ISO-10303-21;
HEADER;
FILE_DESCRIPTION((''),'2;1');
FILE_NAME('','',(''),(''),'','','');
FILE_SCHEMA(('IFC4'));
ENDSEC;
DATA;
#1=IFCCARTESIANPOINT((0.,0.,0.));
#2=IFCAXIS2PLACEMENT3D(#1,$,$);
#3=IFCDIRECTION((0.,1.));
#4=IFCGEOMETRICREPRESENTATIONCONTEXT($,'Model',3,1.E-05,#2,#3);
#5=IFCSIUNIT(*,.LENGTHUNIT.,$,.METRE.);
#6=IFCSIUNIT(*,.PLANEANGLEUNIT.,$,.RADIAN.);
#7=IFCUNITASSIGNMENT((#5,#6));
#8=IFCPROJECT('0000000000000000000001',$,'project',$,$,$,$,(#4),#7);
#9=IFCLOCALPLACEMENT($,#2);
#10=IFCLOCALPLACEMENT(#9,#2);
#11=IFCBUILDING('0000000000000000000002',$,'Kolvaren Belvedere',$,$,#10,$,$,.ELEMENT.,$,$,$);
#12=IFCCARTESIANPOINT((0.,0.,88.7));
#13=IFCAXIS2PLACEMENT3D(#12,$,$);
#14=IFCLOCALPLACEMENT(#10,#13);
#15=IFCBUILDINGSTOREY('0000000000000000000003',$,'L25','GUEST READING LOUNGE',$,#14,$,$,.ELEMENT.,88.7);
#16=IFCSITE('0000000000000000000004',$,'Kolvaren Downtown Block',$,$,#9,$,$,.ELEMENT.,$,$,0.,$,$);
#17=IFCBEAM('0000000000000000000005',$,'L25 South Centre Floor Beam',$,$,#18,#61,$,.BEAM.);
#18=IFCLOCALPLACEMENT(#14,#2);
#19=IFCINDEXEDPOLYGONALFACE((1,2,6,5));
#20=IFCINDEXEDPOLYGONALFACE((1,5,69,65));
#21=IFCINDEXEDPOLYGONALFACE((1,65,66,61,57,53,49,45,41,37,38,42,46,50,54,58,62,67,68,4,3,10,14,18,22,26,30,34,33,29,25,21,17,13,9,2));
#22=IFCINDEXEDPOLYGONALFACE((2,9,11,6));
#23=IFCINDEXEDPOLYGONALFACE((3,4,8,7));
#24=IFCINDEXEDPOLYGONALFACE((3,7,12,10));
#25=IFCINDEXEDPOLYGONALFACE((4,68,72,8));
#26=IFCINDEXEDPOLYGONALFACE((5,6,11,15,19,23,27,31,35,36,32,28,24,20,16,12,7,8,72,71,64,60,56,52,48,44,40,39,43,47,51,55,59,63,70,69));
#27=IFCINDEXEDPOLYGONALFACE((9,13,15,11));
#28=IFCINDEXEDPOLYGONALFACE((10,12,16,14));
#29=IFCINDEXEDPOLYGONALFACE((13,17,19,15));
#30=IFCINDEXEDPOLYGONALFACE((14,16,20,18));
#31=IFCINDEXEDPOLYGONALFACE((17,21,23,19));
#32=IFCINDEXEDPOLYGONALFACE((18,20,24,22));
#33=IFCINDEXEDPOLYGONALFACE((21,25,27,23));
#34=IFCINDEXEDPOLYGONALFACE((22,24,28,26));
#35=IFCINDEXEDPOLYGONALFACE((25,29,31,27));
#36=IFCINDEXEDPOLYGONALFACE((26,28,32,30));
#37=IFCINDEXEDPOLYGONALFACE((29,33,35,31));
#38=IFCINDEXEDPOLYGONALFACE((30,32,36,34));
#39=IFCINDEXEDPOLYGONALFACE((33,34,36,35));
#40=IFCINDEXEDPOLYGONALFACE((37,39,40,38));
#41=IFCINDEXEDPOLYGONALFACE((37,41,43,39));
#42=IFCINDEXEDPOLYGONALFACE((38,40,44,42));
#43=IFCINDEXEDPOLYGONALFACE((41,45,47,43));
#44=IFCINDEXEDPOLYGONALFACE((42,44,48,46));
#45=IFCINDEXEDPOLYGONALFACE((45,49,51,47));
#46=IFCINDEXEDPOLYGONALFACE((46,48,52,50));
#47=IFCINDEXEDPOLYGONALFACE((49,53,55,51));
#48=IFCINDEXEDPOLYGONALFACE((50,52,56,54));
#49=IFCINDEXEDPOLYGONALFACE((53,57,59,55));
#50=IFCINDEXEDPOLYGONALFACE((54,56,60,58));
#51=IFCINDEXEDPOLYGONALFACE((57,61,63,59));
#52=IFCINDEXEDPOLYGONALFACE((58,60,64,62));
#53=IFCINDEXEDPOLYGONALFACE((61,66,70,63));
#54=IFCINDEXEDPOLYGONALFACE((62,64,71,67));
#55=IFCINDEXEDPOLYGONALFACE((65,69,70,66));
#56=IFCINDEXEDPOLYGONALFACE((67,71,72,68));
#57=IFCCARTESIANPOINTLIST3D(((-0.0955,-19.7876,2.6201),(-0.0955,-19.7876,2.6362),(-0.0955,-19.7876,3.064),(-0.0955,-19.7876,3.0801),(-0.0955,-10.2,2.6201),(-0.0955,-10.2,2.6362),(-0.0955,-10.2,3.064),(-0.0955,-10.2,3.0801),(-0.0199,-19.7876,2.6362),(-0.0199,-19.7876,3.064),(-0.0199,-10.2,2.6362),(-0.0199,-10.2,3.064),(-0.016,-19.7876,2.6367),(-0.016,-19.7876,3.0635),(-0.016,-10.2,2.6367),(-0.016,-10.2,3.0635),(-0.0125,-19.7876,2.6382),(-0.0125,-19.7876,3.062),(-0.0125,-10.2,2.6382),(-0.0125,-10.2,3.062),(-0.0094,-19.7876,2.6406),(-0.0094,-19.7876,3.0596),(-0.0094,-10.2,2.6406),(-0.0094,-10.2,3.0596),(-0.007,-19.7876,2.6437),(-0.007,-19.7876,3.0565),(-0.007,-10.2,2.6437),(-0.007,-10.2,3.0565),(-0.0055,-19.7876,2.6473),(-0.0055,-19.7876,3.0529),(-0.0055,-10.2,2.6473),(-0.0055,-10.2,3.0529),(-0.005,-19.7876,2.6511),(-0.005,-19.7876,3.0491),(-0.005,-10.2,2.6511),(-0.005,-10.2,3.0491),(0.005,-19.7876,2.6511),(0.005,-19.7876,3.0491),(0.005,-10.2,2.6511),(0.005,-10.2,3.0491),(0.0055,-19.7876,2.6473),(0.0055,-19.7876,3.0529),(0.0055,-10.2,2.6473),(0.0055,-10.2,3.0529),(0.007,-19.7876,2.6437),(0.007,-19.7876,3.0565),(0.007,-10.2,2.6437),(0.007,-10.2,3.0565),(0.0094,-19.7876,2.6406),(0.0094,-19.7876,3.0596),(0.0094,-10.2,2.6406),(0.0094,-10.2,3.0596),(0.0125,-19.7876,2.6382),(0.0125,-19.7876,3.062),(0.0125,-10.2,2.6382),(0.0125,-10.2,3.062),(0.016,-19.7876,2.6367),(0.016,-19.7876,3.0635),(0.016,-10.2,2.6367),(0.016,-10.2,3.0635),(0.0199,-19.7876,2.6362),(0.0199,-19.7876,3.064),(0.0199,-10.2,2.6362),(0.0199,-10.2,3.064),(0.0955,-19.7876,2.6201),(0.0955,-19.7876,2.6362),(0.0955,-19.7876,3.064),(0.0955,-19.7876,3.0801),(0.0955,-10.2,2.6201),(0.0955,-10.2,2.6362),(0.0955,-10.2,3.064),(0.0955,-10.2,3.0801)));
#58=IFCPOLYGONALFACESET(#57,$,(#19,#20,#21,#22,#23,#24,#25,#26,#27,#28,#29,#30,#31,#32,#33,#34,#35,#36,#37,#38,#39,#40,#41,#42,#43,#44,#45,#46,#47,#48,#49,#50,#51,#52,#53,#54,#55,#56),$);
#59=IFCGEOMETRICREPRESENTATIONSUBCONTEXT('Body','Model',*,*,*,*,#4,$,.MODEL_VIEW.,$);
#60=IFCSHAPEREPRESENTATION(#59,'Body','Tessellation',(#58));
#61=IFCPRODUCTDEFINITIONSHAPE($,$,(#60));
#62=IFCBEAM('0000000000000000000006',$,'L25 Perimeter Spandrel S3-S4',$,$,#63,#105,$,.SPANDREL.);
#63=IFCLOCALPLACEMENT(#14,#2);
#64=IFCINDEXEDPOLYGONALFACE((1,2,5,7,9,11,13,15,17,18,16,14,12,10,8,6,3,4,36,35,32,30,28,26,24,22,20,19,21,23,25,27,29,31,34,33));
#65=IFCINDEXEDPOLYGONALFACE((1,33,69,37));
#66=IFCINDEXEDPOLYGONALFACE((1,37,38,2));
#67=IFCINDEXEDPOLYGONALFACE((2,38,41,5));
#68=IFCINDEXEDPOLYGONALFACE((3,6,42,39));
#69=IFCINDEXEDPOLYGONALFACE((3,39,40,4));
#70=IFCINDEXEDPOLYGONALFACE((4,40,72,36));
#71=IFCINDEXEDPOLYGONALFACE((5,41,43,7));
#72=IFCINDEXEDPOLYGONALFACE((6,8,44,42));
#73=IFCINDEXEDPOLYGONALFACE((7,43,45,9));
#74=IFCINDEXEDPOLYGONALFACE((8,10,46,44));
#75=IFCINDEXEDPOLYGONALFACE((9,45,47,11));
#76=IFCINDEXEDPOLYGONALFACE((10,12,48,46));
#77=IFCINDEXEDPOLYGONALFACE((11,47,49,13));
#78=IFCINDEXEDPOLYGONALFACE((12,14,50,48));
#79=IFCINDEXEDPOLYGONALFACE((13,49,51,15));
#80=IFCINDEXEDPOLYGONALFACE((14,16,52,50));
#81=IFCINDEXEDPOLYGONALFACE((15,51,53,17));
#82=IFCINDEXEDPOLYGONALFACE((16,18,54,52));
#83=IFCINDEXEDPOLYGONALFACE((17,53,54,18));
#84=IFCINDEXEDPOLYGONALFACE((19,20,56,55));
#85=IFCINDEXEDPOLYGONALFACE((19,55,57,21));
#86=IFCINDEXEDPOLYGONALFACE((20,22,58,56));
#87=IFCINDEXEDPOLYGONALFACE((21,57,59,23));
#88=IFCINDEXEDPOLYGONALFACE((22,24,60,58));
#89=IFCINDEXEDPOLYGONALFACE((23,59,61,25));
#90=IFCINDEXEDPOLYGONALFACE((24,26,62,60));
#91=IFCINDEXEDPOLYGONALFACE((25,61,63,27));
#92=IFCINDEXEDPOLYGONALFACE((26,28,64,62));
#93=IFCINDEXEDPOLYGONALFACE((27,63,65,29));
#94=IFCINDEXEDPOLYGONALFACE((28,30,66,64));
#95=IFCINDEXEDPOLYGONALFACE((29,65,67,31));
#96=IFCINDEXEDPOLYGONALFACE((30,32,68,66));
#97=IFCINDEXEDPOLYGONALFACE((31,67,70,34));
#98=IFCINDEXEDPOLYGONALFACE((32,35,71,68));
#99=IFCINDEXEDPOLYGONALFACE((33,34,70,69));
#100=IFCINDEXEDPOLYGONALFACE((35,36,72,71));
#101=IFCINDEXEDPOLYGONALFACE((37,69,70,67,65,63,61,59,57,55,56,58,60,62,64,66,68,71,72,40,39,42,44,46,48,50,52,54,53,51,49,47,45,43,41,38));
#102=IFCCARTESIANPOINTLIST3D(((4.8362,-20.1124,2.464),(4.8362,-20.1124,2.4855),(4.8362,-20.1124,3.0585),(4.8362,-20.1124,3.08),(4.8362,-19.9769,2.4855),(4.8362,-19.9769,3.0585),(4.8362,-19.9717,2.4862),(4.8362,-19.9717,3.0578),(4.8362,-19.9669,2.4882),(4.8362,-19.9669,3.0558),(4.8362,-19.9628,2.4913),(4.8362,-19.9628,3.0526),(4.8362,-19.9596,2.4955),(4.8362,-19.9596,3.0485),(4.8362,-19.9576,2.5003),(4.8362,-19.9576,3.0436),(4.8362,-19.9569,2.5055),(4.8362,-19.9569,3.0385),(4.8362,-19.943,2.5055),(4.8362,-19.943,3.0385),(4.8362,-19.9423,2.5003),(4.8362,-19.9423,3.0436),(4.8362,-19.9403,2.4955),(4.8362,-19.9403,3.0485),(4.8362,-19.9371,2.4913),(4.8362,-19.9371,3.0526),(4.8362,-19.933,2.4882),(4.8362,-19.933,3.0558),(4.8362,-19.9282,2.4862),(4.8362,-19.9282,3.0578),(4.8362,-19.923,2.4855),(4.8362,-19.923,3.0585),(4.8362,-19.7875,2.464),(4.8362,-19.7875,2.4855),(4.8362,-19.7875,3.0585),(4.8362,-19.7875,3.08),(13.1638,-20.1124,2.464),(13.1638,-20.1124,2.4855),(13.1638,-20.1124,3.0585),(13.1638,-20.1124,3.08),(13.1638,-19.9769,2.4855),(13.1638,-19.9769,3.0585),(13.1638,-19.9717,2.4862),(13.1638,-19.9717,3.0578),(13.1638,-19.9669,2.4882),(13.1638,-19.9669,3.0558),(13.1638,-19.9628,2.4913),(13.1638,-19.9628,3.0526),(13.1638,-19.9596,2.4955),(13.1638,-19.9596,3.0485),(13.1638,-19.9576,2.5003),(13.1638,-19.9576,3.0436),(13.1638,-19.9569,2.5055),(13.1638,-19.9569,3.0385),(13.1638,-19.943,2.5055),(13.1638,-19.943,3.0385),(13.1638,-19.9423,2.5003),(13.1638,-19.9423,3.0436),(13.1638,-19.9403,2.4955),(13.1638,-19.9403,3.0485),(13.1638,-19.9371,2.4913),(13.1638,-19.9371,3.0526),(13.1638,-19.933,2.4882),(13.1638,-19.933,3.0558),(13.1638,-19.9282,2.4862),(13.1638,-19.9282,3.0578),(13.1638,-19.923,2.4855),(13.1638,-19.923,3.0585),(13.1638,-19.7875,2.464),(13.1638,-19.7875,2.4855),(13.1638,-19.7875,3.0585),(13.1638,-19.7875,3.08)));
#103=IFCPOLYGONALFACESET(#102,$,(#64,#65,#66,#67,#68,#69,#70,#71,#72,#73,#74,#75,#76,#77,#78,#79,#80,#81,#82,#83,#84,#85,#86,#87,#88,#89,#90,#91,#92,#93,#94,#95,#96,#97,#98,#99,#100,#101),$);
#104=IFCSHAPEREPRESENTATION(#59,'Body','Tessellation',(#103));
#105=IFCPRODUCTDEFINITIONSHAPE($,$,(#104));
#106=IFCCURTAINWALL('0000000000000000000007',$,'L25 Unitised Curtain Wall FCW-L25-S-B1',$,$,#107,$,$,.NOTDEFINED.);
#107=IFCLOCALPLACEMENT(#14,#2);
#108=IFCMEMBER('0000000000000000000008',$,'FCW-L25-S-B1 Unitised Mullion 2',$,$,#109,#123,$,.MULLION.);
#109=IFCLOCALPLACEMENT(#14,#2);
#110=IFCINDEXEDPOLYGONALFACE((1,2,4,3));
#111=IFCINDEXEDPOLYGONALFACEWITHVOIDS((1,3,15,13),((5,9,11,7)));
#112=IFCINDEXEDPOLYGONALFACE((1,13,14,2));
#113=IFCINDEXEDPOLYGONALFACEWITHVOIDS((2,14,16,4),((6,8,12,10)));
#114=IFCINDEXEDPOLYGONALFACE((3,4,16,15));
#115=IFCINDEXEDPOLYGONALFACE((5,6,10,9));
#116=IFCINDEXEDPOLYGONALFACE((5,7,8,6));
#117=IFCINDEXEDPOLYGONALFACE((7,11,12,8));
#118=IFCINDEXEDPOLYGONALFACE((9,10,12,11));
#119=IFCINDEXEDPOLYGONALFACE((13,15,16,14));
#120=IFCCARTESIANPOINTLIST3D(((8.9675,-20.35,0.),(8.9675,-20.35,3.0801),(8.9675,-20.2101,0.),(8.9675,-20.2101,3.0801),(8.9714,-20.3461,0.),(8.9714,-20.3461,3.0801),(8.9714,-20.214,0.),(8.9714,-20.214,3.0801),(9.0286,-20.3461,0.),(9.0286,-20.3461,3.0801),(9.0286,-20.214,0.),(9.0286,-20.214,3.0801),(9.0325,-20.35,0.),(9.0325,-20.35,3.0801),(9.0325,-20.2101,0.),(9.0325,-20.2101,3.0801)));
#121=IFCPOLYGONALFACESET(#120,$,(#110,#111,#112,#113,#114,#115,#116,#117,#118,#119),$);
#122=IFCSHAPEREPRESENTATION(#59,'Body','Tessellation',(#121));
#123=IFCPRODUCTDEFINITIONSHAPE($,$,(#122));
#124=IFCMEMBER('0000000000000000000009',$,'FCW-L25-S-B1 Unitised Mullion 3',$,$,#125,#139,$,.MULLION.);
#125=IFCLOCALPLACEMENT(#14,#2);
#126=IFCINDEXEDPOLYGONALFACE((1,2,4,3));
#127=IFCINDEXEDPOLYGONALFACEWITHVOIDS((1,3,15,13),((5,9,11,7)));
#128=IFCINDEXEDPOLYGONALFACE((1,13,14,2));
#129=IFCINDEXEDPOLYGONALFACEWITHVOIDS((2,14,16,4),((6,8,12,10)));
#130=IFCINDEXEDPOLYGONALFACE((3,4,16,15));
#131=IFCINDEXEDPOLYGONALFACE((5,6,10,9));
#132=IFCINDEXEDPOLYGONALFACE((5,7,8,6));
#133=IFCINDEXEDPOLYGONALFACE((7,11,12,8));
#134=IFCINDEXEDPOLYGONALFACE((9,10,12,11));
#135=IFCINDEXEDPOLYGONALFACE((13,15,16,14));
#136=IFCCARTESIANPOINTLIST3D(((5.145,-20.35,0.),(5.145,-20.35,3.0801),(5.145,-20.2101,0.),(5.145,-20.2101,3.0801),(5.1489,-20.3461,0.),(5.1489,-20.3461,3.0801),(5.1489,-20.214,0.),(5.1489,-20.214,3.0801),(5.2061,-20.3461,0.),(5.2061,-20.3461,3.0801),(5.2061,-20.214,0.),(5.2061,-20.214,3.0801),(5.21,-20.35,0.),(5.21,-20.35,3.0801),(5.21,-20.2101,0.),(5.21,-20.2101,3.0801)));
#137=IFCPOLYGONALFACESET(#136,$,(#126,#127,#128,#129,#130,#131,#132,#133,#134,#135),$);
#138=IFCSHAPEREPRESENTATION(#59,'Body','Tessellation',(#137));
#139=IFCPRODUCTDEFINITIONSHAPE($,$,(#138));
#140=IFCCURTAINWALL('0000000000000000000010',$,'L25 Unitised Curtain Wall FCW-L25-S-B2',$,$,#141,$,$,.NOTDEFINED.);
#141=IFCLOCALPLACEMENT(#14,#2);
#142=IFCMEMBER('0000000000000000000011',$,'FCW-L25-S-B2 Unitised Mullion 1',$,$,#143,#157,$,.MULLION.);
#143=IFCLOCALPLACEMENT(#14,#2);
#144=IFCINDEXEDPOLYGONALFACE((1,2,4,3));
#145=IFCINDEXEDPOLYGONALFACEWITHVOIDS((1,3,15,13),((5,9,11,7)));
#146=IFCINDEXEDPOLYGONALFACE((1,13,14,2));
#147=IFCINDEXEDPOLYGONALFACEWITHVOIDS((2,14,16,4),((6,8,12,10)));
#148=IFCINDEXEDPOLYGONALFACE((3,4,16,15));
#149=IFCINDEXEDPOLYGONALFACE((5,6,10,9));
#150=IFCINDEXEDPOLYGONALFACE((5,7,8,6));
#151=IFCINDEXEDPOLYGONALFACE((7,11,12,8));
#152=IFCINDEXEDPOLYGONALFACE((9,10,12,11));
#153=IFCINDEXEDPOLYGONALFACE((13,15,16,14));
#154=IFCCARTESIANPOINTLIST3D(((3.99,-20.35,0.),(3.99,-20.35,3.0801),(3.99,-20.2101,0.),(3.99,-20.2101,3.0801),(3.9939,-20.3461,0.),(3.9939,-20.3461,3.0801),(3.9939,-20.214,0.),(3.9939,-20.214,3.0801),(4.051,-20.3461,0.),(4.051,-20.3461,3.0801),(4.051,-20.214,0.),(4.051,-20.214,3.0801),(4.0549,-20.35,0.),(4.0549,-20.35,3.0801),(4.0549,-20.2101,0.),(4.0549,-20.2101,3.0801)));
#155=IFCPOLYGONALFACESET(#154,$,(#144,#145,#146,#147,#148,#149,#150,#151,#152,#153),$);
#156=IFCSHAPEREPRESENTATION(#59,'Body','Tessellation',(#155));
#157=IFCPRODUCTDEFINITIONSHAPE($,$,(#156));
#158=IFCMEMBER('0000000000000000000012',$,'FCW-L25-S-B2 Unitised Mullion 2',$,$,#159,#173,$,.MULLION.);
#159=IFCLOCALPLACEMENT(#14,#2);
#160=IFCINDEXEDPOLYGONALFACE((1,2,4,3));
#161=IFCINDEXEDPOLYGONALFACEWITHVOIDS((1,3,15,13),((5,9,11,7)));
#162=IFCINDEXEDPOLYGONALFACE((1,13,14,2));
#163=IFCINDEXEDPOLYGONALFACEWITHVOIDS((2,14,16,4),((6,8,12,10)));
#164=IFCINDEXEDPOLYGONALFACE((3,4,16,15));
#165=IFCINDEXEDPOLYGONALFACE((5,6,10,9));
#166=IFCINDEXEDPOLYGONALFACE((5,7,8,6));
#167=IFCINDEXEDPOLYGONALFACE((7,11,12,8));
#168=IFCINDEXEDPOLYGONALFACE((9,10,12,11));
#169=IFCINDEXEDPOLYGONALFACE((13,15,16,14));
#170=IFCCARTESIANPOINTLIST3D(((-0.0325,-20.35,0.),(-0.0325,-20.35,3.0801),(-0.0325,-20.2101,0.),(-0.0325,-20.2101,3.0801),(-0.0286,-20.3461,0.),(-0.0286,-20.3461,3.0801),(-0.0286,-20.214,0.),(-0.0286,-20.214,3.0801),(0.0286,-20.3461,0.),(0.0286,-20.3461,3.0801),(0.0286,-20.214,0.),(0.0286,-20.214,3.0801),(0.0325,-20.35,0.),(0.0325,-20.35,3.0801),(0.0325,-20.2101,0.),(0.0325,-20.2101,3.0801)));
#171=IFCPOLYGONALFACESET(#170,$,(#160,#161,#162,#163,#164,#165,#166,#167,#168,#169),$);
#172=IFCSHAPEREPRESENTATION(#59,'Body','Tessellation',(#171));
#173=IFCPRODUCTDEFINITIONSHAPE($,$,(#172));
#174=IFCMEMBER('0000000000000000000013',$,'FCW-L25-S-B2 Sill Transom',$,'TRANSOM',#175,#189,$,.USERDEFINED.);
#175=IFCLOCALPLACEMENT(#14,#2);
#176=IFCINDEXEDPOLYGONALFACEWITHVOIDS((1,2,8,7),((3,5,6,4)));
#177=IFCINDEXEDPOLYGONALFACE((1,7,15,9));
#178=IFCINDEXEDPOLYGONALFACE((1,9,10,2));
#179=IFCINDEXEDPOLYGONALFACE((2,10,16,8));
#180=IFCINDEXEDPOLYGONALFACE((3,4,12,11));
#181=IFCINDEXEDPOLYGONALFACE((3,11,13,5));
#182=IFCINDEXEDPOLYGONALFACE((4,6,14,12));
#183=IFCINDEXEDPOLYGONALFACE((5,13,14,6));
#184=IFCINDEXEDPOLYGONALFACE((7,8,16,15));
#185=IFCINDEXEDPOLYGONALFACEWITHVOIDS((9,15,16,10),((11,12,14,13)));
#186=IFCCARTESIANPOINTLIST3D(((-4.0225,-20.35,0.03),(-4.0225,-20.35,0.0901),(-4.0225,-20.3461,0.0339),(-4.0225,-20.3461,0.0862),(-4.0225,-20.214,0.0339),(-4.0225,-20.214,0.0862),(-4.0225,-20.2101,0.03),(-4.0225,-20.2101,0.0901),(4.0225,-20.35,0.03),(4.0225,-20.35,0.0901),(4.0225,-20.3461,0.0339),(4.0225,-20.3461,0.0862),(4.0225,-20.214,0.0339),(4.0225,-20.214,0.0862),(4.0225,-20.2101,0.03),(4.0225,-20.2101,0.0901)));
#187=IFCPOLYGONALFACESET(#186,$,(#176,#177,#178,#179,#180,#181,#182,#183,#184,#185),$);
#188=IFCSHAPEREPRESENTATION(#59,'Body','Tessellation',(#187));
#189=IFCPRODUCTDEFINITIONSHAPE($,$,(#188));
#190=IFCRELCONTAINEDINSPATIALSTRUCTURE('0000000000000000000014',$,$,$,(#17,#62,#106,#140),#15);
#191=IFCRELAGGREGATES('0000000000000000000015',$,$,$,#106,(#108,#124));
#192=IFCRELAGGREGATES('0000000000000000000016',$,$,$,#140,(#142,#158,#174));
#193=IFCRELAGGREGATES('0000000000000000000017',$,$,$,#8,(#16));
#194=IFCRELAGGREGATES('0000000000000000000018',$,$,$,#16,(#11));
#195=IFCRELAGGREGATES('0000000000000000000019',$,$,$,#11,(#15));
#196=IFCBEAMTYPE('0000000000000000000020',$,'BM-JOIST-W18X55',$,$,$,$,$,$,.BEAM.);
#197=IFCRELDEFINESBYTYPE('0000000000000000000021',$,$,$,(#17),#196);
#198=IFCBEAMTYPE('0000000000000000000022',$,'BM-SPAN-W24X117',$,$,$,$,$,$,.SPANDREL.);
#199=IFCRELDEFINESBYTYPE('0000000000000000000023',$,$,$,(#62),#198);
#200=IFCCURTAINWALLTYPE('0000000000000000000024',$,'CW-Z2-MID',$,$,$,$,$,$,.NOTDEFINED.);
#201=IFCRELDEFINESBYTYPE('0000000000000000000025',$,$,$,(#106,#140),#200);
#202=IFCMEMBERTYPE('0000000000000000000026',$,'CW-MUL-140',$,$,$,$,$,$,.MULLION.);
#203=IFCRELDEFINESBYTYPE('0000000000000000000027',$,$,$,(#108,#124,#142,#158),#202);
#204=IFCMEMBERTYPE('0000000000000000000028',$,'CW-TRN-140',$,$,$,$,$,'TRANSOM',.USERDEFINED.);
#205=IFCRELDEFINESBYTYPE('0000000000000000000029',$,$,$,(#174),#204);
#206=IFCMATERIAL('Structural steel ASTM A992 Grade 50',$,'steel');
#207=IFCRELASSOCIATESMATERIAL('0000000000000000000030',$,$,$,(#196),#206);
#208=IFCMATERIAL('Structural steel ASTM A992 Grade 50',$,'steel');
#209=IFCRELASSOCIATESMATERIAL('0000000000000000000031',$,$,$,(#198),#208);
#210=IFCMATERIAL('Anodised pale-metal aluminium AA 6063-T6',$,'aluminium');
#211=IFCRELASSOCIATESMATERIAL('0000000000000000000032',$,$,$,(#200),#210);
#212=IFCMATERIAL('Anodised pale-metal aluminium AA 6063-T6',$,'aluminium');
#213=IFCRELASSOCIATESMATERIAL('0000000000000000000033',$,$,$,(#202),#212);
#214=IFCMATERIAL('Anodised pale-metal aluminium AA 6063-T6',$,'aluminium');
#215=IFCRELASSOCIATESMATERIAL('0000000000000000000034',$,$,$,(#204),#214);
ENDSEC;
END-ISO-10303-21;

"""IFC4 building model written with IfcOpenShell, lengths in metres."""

from ifc_helpers import new_model, si_unit, direction, frame, origin, origin_2d, place, context, subcontext, project, spatial, hollow_rectangle, i_section, extrude, material, material_profile, profile_set, type_object, element, aggregate, save


model = new_model("IFC4")

# Units and contexts
model_context = context("Model", 3, precision=1e-05, world=origin(), true_north=direction((0.0, 1.0)))
body_context = subcontext(model_context, "Body", "Model", "MODEL_VIEW")
ifc_project = project(units=[si_unit("LENGTHUNIT", "METRE"), si_unit("PLANEANGLEUNIT", "RADIAN")], contexts=[model_context])

# Site, building, storey
site_placement = place(None, origin())
site = spatial("IfcSite", under=ifc_project, at=site_placement, Name="Kolvaren Downtown Block", CompositionType="ELEMENT", RefElevation=0.0)
building_placement = place(site_placement, origin())
building = spatial("IfcBuilding", under=site, at=building_placement, Name="Kolvaren Belvedere", CompositionType="ELEMENT")
storey_placement = place(building_placement, frame((0.0, 0.0, 88.7)))
storey = spatial("IfcBuildingStorey", under=building, at=storey_placement, Name="L25", Description="GUEST READING LOUNGE", CompositionType="ELEMENT", Elevation=88.7)

# Beams
ifc_material_1 = material(Name="Structural steel ASTM A992 Grade 50", Category="steel")
ifc_material_profile_1 = material_profile(ifc_material_1, i_section(OverallWidth=0.1909, OverallDepth=0.46, WebThickness=0.01, FlangeThickness=0.0161, FilletRadius=0.0149, at=origin_2d()), Name="W18X55")
ifc_profile_set_1 = profile_set([ifc_material_profile_1], Name="Structural steel ASTM A992 Grade 50")
beam_type_1 = type_object("IfcBeamType", Name="BM-JOIST-W18X55", PredefinedType="BEAM", material=ifc_profile_set_1)
beam_1_placement = place(storey_placement, frame((0.0, -10.2, 2.8501), z_axis=(0.0, -1.0, 0.0), x_axis=(1.0, 0.0, 0.0)))
element("IfcBeam", 1, at=beam_1_placement, inside=storey, type_object=beam_type_1, Name="L25 South Centre Floor Beam", PredefinedType="BEAM", context=body_context, shape_type="SweptSolid", body=[
    extrude(i_section(OverallWidth=0.1909, OverallDepth=0.46, WebThickness=0.01, FlangeThickness=0.0161, FilletRadius=0.0149, at=origin_2d()), origin(), (0.0, 0.0, 1.0), 9.5876),
])
ifc_material_2 = material(Name="Structural steel ASTM A992 Grade 50", Category="steel")
ifc_material_profile_2 = material_profile(ifc_material_2, i_section(OverallWidth=0.325, OverallDepth=0.616, WebThickness=0.0139, FlangeThickness=0.0215, FilletRadius=0.02, at=origin_2d()), Name="W24X117")
ifc_profile_set_2 = profile_set([ifc_material_profile_2], Name="Structural steel ASTM A992 Grade 50")
beam_type_2 = type_object("IfcBeamType", Name="BM-SPAN-W24X117", PredefinedType="SPANDREL", material=ifc_profile_set_2)
beam_2_placement = place(storey_placement, frame((4.8362, -19.95, 2.772), z_axis=(1.0, 0.0, 0.0), x_axis=(0.0, 1.0, 0.0)))
element("IfcBeam", 2, at=beam_2_placement, inside=storey, type_object=beam_type_2, Name="L25 Perimeter Spandrel S3-S4", PredefinedType="SPANDREL", context=body_context, shape_type="SweptSolid", body=[
    extrude(i_section(OverallWidth=0.325, OverallDepth=0.616, WebThickness=0.0139, FlangeThickness=0.0215, FilletRadius=0.02, at=origin_2d()), origin(), (0.0, 0.0, 1.0), 8.3276),
])

# Curtain walls, members
ifc_material_3 = material(Name="Anodised pale-metal aluminium AA 6063-T6", Category="aluminium")
curtain_wall_type = type_object("IfcCurtainWallType", Name="CW-Z2-MID", PredefinedType="NOTDEFINED", material=ifc_material_3)
curtain_wall_1_placement = place(storey_placement, origin())
curtain_wall_1 = element("IfcCurtainWall", 3, at=curtain_wall_1_placement, inside=storey, type_object=curtain_wall_type, Name="L25 Unitised Curtain Wall FCW-L25-S-B1", PredefinedType="NOTDEFINED")
ifc_material_4 = material(Name="Anodised pale-metal aluminium AA 6063-T6", Category="aluminium")
ifc_material_profile_3 = material_profile(ifc_material_4, hollow_rectangle(XDim=0.0649, YDim=0.1399, WallThickness=0.0039, at=origin_2d()), Name="ALU-MUL-140X65")
ifc_profile_set_3 = profile_set([ifc_material_profile_3], Name="Anodised pale-metal aluminium AA 6063-T6")
member_type_1 = type_object("IfcMemberType", Name="CW-MUL-140", PredefinedType="MULLION", material=ifc_profile_set_3)
member_1_placement = place(storey_placement, frame((9.0, -20.28, 0.0), z_axis=(0.0, 0.0, 1.0), x_axis=(1.0, 0.0, 0.0)))
member_1 = element("IfcMember", 4, at=member_1_placement, type_object=member_type_1, Name="FCW-L25-S-B1 Unitised Mullion 2", PredefinedType="MULLION", context=body_context, shape_type="SweptSolid", body=[
    extrude(hollow_rectangle(XDim=0.0649, YDim=0.1399, WallThickness=0.0039, at=origin_2d()), origin(), (0.0, 0.0, 1.0), 3.0801),
])
member_2_placement = place(storey_placement, frame((5.1775, -20.28, 0.0), z_axis=(0.0, 0.0, 1.0), x_axis=(1.0, 0.0, 0.0)))
member_2 = element("IfcMember", 5, at=member_2_placement, type_object=member_type_1, Name="FCW-L25-S-B1 Unitised Mullion 3", PredefinedType="MULLION", context=body_context, shape_type="SweptSolid", body=[
    extrude(hollow_rectangle(XDim=0.0649, YDim=0.1399, WallThickness=0.0039, at=origin_2d()), origin(), (0.0, 0.0, 1.0), 3.0801),
])
curtain_wall_2_placement = place(storey_placement, origin())
curtain_wall_2 = element("IfcCurtainWall", 6, at=curtain_wall_2_placement, inside=storey, type_object=curtain_wall_type, Name="L25 Unitised Curtain Wall FCW-L25-S-B2", PredefinedType="NOTDEFINED")
member_3_placement = place(storey_placement, frame((4.0225, -20.28, 0.0), z_axis=(0.0, 0.0, 1.0), x_axis=(1.0, 0.0, 0.0)))
member_3 = element("IfcMember", 7, at=member_3_placement, type_object=member_type_1, Name="FCW-L25-S-B2 Unitised Mullion 1", PredefinedType="MULLION", context=body_context, shape_type="SweptSolid", body=[
    extrude(hollow_rectangle(XDim=0.0649, YDim=0.1399, WallThickness=0.0039, at=origin_2d()), origin(), (0.0, 0.0, 1.0), 3.0801),
])
member_4_placement = place(storey_placement, frame((0.0, -20.28, 0.0), z_axis=(0.0, 0.0, 1.0), x_axis=(1.0, 0.0, 0.0)))
member_4 = element("IfcMember", 8, at=member_4_placement, type_object=member_type_1, Name="FCW-L25-S-B2 Unitised Mullion 2", PredefinedType="MULLION", context=body_context, shape_type="SweptSolid", body=[
    extrude(hollow_rectangle(XDim=0.0649, YDim=0.1399, WallThickness=0.0039, at=origin_2d()), origin(), (0.0, 0.0, 1.0), 3.0801),
])
ifc_material_5 = material(Name="Anodised pale-metal aluminium AA 6063-T6", Category="aluminium")
ifc_material_profile_4 = material_profile(ifc_material_5, hollow_rectangle(XDim=0.0601, YDim=0.1399, WallThickness=0.0039, at=origin_2d()), Name="ALU-TRN-140X60")
ifc_profile_set_4 = profile_set([ifc_material_profile_4], Name="Anodised pale-metal aluminium AA 6063-T6")
member_type_2 = type_object("IfcMemberType", Name="CW-TRN-140", ElementType="TRANSOM", PredefinedType="USERDEFINED", material=ifc_profile_set_4)
member_5_placement = place(storey_placement, frame((4.0225, -20.28, 0.0601), z_axis=(-1.0, 0.0, 0.0), x_axis=(0.0, 0.0, 1.0)))
member_5 = element("IfcMember", 9, at=member_5_placement, type_object=member_type_2, Name="FCW-L25-S-B2 Sill Transom", ObjectType="TRANSOM", PredefinedType="USERDEFINED", context=body_context, shape_type="SweptSolid", body=[
    extrude(hollow_rectangle(XDim=0.0601, YDim=0.1399, WallThickness=0.0039, at=origin_2d()), origin(), (0.0, 0.0, 1.0), 8.0449),
])

aggregate(curtain_wall_1, [member_1, member_2])
aggregate(curtain_wall_2, [member_3, member_4, member_5])

save(model, "model.ifc")
